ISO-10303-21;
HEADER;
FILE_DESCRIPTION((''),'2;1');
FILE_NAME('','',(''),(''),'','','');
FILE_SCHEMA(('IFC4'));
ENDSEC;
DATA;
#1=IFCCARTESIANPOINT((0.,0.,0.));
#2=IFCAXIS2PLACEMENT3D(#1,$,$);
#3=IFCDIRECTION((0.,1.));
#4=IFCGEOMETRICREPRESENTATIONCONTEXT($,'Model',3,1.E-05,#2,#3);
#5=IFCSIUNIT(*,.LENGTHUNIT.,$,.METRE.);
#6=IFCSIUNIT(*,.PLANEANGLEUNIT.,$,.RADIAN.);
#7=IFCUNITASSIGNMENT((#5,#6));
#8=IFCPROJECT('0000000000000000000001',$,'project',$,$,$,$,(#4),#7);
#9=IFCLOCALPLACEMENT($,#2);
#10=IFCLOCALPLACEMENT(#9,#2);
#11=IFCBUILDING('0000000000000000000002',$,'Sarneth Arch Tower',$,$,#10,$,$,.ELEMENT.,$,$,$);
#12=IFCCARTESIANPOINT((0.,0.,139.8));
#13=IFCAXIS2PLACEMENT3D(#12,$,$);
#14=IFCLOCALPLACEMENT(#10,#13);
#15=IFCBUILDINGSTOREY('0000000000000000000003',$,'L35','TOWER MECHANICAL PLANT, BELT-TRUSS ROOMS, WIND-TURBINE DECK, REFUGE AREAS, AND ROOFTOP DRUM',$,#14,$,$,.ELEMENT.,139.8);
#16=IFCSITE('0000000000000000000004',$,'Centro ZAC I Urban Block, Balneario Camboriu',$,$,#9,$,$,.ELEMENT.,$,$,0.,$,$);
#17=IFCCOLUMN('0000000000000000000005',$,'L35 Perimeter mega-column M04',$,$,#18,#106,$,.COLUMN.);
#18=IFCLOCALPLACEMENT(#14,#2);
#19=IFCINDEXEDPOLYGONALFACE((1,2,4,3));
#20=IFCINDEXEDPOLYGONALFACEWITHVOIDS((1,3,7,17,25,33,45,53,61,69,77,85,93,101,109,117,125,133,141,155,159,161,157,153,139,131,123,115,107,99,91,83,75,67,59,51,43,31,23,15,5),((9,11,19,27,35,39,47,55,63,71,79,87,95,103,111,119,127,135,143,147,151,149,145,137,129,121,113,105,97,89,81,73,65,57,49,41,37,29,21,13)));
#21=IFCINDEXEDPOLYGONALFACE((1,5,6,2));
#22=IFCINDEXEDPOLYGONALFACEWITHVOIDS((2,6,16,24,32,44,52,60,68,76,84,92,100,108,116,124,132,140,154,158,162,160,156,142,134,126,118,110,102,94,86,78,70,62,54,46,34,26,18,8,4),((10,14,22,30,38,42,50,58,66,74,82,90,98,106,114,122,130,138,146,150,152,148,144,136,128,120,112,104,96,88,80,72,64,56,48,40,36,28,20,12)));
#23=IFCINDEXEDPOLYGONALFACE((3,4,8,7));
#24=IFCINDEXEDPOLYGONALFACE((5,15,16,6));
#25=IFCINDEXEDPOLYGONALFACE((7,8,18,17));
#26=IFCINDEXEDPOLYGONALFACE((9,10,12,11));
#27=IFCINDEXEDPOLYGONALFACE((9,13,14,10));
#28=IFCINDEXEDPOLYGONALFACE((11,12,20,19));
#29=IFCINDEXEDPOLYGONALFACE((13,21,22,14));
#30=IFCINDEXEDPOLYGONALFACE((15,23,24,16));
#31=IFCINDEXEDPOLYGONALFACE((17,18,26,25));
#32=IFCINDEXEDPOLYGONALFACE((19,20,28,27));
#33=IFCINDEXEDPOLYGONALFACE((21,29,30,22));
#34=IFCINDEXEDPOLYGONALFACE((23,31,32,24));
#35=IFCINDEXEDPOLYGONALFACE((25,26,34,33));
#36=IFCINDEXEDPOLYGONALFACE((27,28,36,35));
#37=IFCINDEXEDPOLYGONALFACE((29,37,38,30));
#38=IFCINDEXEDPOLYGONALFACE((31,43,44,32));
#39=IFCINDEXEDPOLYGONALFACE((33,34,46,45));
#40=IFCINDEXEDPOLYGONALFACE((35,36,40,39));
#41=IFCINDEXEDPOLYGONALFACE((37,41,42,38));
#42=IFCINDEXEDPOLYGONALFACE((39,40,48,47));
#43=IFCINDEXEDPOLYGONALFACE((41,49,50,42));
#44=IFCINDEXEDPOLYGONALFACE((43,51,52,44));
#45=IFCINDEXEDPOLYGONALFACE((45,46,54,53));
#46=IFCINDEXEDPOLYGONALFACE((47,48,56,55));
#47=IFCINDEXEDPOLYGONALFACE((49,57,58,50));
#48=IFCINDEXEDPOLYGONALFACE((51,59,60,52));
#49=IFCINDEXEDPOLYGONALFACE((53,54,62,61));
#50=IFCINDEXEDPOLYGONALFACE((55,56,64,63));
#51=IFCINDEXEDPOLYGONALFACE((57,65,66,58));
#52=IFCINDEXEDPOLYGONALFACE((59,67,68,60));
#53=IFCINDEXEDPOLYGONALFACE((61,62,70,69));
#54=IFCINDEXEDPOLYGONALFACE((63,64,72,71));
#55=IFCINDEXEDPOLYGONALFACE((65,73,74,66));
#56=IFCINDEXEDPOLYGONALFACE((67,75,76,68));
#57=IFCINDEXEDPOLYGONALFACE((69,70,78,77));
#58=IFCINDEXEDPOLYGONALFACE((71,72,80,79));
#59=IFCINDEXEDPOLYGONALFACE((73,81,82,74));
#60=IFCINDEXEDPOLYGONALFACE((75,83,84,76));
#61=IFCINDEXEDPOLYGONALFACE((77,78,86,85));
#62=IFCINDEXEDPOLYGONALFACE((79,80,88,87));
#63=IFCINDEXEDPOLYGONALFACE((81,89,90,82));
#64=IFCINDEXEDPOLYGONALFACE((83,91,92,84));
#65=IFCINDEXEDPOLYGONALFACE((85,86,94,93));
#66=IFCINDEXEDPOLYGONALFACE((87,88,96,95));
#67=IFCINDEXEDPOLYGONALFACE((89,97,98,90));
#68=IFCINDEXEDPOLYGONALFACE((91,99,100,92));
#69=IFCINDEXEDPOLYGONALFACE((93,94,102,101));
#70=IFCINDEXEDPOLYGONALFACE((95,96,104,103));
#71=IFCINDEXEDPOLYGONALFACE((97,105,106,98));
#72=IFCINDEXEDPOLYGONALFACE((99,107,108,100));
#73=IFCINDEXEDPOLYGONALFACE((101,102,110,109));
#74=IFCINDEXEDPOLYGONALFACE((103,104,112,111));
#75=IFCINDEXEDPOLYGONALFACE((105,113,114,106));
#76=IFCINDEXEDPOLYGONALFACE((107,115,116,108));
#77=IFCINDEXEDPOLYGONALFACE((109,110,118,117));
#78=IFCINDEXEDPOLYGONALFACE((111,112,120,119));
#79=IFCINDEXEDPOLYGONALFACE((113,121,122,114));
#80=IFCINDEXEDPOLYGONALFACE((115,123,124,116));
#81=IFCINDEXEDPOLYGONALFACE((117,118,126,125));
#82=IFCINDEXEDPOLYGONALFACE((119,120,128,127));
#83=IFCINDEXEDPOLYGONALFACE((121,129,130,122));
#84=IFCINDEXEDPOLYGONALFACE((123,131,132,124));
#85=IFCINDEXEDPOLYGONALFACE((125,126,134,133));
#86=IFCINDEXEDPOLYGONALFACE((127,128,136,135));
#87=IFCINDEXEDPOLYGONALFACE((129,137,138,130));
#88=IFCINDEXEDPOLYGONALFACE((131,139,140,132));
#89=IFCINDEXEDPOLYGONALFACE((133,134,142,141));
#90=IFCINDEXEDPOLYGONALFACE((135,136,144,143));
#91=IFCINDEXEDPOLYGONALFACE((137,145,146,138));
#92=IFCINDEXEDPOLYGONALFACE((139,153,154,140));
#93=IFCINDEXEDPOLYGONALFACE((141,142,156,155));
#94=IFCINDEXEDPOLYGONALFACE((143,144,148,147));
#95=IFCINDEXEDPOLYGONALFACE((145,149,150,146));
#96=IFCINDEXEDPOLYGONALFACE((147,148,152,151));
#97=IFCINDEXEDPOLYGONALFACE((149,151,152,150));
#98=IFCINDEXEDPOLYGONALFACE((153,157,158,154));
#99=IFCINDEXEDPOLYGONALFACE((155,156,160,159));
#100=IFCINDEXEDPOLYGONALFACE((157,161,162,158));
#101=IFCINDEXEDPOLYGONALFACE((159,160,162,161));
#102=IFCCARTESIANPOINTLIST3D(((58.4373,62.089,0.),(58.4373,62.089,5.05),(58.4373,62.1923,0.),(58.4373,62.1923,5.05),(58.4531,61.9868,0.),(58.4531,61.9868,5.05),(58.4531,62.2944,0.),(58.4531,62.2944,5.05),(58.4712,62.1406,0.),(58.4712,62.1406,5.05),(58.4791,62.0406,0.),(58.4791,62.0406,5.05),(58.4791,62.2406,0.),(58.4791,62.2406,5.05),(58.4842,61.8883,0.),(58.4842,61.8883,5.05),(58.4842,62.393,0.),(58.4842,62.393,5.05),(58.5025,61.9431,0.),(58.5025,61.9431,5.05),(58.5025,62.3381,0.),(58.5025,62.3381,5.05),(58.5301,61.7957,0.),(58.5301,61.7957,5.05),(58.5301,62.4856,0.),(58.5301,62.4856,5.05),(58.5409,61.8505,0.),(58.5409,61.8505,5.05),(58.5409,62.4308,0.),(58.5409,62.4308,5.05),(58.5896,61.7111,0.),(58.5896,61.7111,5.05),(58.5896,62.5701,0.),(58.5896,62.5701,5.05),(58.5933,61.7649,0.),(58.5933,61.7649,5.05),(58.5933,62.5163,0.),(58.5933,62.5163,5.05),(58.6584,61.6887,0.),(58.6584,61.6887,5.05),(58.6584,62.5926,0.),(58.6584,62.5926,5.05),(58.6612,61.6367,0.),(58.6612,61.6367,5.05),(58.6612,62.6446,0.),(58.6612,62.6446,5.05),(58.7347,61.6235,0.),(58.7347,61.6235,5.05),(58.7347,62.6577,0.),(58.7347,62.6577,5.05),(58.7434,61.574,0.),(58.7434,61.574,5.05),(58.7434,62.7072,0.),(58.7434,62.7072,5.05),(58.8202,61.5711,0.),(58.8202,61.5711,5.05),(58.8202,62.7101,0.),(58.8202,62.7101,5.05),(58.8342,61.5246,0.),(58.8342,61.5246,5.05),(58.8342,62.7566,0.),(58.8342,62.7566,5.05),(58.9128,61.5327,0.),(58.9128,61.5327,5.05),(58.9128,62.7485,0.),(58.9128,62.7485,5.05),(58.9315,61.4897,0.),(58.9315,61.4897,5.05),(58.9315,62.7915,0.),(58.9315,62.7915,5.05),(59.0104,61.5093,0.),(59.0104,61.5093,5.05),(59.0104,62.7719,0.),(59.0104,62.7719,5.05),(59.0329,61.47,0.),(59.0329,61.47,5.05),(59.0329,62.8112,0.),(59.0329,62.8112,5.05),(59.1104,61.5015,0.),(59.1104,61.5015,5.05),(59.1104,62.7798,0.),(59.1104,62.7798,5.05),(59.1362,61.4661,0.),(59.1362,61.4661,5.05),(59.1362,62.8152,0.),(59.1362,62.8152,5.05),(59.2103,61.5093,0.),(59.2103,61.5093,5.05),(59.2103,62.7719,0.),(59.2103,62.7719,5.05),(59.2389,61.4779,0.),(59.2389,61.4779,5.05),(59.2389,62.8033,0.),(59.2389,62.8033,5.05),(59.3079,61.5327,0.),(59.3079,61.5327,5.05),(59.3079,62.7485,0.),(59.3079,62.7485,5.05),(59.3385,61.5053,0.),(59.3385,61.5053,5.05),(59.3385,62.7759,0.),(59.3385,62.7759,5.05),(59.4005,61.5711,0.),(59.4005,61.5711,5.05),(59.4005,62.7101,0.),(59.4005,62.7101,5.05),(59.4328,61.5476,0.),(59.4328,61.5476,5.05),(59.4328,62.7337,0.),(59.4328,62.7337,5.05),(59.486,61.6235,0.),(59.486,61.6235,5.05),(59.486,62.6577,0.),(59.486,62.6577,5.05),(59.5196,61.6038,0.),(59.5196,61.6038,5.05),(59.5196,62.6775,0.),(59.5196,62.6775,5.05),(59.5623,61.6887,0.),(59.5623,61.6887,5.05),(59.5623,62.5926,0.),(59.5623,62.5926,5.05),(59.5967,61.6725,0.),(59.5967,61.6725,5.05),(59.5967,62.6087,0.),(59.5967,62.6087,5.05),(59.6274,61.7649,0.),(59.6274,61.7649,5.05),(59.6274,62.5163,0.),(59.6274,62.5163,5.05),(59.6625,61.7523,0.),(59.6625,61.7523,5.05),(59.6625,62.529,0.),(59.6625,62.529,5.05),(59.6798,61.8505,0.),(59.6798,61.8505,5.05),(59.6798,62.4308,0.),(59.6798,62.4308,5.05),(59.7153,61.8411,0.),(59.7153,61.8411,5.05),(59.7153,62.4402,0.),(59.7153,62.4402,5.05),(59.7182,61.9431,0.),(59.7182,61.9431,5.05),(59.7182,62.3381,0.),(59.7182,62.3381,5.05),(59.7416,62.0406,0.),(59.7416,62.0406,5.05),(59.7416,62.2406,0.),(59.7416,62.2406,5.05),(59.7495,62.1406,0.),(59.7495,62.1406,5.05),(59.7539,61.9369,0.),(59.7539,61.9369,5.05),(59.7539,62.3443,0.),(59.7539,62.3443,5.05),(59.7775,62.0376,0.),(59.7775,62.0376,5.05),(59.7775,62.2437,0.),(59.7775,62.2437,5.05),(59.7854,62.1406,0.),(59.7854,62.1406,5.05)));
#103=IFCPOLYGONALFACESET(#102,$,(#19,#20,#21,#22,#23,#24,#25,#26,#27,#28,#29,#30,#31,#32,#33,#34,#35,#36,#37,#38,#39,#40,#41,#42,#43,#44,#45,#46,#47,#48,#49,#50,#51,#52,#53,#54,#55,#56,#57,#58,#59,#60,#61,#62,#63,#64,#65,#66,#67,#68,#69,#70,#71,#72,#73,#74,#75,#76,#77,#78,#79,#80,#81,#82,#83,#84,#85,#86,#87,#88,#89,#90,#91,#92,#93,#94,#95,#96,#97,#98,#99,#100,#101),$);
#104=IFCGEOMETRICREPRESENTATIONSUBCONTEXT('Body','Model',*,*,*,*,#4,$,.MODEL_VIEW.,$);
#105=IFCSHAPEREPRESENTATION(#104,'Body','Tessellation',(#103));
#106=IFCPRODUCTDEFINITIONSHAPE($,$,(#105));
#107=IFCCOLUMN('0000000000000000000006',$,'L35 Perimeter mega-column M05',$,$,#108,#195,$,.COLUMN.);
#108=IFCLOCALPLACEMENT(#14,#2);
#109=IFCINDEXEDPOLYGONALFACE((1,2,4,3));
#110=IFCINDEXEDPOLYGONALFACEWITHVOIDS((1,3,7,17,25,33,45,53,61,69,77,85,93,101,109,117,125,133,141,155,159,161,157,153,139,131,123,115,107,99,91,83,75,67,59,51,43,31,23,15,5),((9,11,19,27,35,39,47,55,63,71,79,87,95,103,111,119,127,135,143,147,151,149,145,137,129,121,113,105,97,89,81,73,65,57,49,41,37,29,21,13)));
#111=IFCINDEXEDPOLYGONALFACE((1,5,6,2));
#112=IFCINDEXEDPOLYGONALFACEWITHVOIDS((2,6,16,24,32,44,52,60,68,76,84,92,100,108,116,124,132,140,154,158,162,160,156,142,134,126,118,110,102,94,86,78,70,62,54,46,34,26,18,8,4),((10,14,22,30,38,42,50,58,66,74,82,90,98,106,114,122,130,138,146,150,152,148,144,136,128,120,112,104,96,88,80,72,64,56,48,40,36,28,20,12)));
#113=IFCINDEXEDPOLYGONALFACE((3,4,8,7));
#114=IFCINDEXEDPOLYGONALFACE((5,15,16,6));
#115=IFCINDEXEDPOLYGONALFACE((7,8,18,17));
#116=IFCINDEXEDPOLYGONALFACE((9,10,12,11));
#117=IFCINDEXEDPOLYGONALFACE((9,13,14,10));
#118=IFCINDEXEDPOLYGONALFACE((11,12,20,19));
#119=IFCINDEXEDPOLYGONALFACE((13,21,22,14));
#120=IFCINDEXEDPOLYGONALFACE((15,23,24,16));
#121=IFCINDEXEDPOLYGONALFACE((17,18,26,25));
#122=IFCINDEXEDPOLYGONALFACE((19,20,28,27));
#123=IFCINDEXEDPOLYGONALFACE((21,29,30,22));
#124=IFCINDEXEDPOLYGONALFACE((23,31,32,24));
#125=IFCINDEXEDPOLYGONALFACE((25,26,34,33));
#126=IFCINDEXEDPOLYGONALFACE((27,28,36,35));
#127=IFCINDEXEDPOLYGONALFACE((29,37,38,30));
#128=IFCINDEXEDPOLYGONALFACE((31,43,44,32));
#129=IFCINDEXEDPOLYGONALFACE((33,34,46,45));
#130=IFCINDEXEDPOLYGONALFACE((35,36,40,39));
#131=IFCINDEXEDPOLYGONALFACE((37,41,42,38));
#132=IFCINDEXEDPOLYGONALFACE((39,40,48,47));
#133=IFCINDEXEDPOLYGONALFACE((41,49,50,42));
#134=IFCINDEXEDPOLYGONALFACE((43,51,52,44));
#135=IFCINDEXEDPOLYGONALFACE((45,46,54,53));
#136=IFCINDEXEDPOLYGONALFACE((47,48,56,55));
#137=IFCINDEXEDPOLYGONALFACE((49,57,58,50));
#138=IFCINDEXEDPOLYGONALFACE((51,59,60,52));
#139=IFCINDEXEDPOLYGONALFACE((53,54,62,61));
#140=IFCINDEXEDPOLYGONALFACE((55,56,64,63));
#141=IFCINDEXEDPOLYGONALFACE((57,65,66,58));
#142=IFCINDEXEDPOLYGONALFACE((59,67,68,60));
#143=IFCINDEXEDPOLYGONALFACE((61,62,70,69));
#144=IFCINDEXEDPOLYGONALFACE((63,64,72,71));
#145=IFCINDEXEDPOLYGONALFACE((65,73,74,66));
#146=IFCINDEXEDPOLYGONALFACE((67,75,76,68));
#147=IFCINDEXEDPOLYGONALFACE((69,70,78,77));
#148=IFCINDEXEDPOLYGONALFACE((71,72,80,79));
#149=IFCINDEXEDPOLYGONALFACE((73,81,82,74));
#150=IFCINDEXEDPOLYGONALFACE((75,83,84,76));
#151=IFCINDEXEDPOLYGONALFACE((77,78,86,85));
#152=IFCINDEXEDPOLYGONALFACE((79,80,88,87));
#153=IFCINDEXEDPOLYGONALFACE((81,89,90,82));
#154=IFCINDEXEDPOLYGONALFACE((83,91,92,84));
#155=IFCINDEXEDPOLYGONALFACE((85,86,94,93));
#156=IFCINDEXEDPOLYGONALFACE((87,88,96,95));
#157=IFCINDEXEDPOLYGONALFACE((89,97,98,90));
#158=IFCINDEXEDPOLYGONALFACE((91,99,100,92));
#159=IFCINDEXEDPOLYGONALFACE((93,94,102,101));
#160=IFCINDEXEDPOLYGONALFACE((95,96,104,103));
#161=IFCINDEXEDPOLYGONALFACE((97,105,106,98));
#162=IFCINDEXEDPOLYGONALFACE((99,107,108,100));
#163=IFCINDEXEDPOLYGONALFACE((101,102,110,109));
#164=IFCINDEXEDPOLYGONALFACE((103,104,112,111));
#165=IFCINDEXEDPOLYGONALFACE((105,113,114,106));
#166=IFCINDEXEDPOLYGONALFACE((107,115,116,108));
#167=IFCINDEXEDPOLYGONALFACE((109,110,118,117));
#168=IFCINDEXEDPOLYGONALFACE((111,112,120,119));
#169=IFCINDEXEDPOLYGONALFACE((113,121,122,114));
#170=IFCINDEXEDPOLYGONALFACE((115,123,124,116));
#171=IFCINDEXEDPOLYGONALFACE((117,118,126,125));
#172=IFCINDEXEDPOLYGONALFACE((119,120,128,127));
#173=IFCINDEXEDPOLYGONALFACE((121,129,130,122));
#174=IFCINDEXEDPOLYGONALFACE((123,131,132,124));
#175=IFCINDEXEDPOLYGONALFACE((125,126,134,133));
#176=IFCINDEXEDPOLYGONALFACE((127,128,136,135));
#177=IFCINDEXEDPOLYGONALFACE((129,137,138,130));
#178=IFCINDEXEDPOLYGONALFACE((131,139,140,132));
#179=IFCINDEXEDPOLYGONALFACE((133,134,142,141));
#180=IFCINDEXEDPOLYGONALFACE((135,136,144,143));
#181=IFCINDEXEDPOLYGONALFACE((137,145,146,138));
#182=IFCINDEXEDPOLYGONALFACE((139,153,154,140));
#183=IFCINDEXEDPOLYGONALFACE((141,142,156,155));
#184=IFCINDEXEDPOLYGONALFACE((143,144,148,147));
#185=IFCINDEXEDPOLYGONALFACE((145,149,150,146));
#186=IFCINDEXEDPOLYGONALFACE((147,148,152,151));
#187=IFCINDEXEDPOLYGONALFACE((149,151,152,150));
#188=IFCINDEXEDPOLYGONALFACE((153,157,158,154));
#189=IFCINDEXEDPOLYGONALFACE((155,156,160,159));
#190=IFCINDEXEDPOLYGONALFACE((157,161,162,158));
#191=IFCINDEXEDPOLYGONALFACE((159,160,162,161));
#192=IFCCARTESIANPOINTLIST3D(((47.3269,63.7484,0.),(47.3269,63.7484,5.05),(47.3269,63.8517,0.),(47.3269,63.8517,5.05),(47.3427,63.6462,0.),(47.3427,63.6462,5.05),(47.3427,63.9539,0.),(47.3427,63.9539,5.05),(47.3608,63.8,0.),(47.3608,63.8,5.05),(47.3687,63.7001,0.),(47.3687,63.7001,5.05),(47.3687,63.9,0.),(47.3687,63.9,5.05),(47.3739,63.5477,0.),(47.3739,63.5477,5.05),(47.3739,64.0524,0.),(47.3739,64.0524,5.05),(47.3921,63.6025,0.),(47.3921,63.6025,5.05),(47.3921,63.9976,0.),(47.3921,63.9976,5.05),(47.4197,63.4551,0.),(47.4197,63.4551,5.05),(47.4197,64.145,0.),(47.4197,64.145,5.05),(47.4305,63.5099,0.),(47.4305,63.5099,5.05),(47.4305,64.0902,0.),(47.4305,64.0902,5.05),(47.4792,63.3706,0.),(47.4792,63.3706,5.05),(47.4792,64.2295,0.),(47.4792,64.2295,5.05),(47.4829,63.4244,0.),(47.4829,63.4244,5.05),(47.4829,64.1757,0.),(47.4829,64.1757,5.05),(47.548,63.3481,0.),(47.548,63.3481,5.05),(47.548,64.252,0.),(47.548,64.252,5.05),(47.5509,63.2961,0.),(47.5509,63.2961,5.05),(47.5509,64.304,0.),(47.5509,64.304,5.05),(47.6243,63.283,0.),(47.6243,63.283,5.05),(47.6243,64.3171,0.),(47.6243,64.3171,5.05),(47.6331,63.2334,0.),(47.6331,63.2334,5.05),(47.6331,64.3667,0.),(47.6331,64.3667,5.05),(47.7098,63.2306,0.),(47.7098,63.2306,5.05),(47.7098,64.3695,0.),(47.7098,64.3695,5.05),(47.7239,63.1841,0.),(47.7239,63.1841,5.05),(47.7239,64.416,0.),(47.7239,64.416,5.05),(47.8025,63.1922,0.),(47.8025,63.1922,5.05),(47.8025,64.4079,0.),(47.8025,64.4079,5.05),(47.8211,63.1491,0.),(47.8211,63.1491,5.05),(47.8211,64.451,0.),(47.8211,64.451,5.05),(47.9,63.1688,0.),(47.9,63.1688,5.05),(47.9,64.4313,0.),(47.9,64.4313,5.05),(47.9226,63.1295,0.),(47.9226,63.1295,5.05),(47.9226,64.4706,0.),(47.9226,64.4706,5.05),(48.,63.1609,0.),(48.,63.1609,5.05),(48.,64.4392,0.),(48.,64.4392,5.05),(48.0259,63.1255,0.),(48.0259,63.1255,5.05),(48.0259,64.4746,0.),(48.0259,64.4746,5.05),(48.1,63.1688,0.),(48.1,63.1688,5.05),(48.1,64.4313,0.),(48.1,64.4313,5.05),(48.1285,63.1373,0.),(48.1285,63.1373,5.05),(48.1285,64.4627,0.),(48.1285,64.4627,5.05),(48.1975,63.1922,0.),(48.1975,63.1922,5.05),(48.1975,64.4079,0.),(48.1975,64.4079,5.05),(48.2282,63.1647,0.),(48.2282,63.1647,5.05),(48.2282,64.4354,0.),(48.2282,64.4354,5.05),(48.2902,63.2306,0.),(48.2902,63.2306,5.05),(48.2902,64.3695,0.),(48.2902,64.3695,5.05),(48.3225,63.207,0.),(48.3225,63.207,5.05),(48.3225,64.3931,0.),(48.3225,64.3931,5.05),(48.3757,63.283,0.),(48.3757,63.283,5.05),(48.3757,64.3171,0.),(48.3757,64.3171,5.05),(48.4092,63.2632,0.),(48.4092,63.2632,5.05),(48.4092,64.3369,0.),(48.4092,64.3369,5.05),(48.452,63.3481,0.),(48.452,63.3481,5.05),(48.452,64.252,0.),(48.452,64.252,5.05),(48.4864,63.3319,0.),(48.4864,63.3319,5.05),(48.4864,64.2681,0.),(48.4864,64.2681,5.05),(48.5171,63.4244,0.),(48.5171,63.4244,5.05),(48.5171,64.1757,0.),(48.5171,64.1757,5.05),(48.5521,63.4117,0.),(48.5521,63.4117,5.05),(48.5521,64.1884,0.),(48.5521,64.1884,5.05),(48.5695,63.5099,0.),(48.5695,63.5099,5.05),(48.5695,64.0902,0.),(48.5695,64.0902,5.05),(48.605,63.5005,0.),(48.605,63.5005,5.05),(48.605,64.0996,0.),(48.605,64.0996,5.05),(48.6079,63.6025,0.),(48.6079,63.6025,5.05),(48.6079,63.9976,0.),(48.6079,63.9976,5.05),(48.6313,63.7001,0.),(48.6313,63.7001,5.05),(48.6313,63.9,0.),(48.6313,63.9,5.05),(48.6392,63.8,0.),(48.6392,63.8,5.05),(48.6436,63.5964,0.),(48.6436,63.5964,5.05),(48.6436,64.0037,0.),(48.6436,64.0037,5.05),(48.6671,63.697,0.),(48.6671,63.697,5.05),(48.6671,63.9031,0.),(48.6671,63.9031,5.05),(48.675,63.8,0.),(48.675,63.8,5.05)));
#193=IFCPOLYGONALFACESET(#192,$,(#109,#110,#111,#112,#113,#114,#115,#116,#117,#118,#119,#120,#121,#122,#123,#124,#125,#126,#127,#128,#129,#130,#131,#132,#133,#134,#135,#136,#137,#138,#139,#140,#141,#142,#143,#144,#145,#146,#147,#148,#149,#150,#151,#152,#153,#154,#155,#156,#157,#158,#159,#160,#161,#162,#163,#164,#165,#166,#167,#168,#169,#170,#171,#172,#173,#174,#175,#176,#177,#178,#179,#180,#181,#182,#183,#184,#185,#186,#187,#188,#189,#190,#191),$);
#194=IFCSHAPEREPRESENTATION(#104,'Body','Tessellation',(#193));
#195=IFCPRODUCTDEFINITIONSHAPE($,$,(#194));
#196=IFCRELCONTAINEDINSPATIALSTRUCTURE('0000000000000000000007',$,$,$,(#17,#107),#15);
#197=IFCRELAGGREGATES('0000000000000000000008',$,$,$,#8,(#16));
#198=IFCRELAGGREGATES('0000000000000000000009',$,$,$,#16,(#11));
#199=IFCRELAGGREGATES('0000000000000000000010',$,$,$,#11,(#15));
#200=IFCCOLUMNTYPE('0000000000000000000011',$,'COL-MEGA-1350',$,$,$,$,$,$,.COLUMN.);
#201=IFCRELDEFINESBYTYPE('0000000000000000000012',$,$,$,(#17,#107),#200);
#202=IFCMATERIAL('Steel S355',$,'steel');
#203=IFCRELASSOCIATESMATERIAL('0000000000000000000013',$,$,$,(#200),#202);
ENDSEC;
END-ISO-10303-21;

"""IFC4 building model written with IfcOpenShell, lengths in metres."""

from ifc_helpers import new_model, si_unit, direction, frame, origin, origin_2d, place, context, subcontext, project, spatial, hollow_circle, extrude, material, material_profile, profile_set, type_object, element, save


model = new_model("IFC4")

# Units and contexts
model_context = context("Model", 3, precision=1e-05, world=origin(), true_north=direction((0.0, 1.0)))
body_context = subcontext(model_context, "Body", "Model", "MODEL_VIEW")
ifc_project = project(units=[si_unit("LENGTHUNIT", "METRE"), si_unit("PLANEANGLEUNIT", "RADIAN")], contexts=[model_context])

# Site, building, storey
site_placement = place(None, origin())
site = spatial("IfcSite", under=ifc_project, at=site_placement, Name="Centro ZAC I Urban Block, Balneario Camboriu", CompositionType="ELEMENT", RefElevation=0.0)
building_placement = place(site_placement, origin())
building = spatial("IfcBuilding", under=site, at=building_placement, Name="Sarneth Arch Tower", CompositionType="ELEMENT")
storey_placement = place(building_placement, frame((0.0, 0.0, 139.8)))
storey = spatial("IfcBuildingStorey", under=building, at=storey_placement, Name="L35", Description="TOWER MECHANICAL PLANT, BELT-TRUSS ROOMS, WIND-TURBINE DECK, REFUGE AREAS, AND ROOFTOP DRUM", CompositionType="ELEMENT", Elevation=139.8)

# Columns
ifc_material_1 = material(Name="Steel S355", Category="steel")
ifc_material_profile_1 = material_profile(ifc_material_1, hollow_circle(Radius=0.675, WallThickness=0.0359, at=origin_2d()), Name="CHS1350x36")
ifc_profile_set_1 = profile_set([ifc_material_profile_1], Name="Steel S355")
column_type = type_object("IfcColumnType", Name="COL-MEGA-1350", PredefinedType="COLUMN", material=ifc_profile_set_1)
for number, where, z_axis, x_axis, name in (
    (1, (59.1104, 62.1406, 0.0), (0.0, 0.0, 1.0), (1.0, 0.0, 0.0), "L35 Perimeter mega-column M04"),
    (2, (48.0, 63.8, 0.0), (0.0, 0.0, 1.0), (1.0, 0.0, 0.0), "L35 Perimeter mega-column M05"),
):
    element("IfcColumn", number, at=place(storey_placement, frame(where, z_axis=z_axis, x_axis=x_axis)), inside=storey, type_object=column_type, Name=name, PredefinedType="COLUMN", context=body_context, shape_type="SweptSolid", body=[
        extrude(hollow_circle(Radius=0.675, WallThickness=0.0359, at=origin_2d()), origin(), (0.0, 0.0, 1.0), 5.05),
    ])

save(model, "model.ifc")
